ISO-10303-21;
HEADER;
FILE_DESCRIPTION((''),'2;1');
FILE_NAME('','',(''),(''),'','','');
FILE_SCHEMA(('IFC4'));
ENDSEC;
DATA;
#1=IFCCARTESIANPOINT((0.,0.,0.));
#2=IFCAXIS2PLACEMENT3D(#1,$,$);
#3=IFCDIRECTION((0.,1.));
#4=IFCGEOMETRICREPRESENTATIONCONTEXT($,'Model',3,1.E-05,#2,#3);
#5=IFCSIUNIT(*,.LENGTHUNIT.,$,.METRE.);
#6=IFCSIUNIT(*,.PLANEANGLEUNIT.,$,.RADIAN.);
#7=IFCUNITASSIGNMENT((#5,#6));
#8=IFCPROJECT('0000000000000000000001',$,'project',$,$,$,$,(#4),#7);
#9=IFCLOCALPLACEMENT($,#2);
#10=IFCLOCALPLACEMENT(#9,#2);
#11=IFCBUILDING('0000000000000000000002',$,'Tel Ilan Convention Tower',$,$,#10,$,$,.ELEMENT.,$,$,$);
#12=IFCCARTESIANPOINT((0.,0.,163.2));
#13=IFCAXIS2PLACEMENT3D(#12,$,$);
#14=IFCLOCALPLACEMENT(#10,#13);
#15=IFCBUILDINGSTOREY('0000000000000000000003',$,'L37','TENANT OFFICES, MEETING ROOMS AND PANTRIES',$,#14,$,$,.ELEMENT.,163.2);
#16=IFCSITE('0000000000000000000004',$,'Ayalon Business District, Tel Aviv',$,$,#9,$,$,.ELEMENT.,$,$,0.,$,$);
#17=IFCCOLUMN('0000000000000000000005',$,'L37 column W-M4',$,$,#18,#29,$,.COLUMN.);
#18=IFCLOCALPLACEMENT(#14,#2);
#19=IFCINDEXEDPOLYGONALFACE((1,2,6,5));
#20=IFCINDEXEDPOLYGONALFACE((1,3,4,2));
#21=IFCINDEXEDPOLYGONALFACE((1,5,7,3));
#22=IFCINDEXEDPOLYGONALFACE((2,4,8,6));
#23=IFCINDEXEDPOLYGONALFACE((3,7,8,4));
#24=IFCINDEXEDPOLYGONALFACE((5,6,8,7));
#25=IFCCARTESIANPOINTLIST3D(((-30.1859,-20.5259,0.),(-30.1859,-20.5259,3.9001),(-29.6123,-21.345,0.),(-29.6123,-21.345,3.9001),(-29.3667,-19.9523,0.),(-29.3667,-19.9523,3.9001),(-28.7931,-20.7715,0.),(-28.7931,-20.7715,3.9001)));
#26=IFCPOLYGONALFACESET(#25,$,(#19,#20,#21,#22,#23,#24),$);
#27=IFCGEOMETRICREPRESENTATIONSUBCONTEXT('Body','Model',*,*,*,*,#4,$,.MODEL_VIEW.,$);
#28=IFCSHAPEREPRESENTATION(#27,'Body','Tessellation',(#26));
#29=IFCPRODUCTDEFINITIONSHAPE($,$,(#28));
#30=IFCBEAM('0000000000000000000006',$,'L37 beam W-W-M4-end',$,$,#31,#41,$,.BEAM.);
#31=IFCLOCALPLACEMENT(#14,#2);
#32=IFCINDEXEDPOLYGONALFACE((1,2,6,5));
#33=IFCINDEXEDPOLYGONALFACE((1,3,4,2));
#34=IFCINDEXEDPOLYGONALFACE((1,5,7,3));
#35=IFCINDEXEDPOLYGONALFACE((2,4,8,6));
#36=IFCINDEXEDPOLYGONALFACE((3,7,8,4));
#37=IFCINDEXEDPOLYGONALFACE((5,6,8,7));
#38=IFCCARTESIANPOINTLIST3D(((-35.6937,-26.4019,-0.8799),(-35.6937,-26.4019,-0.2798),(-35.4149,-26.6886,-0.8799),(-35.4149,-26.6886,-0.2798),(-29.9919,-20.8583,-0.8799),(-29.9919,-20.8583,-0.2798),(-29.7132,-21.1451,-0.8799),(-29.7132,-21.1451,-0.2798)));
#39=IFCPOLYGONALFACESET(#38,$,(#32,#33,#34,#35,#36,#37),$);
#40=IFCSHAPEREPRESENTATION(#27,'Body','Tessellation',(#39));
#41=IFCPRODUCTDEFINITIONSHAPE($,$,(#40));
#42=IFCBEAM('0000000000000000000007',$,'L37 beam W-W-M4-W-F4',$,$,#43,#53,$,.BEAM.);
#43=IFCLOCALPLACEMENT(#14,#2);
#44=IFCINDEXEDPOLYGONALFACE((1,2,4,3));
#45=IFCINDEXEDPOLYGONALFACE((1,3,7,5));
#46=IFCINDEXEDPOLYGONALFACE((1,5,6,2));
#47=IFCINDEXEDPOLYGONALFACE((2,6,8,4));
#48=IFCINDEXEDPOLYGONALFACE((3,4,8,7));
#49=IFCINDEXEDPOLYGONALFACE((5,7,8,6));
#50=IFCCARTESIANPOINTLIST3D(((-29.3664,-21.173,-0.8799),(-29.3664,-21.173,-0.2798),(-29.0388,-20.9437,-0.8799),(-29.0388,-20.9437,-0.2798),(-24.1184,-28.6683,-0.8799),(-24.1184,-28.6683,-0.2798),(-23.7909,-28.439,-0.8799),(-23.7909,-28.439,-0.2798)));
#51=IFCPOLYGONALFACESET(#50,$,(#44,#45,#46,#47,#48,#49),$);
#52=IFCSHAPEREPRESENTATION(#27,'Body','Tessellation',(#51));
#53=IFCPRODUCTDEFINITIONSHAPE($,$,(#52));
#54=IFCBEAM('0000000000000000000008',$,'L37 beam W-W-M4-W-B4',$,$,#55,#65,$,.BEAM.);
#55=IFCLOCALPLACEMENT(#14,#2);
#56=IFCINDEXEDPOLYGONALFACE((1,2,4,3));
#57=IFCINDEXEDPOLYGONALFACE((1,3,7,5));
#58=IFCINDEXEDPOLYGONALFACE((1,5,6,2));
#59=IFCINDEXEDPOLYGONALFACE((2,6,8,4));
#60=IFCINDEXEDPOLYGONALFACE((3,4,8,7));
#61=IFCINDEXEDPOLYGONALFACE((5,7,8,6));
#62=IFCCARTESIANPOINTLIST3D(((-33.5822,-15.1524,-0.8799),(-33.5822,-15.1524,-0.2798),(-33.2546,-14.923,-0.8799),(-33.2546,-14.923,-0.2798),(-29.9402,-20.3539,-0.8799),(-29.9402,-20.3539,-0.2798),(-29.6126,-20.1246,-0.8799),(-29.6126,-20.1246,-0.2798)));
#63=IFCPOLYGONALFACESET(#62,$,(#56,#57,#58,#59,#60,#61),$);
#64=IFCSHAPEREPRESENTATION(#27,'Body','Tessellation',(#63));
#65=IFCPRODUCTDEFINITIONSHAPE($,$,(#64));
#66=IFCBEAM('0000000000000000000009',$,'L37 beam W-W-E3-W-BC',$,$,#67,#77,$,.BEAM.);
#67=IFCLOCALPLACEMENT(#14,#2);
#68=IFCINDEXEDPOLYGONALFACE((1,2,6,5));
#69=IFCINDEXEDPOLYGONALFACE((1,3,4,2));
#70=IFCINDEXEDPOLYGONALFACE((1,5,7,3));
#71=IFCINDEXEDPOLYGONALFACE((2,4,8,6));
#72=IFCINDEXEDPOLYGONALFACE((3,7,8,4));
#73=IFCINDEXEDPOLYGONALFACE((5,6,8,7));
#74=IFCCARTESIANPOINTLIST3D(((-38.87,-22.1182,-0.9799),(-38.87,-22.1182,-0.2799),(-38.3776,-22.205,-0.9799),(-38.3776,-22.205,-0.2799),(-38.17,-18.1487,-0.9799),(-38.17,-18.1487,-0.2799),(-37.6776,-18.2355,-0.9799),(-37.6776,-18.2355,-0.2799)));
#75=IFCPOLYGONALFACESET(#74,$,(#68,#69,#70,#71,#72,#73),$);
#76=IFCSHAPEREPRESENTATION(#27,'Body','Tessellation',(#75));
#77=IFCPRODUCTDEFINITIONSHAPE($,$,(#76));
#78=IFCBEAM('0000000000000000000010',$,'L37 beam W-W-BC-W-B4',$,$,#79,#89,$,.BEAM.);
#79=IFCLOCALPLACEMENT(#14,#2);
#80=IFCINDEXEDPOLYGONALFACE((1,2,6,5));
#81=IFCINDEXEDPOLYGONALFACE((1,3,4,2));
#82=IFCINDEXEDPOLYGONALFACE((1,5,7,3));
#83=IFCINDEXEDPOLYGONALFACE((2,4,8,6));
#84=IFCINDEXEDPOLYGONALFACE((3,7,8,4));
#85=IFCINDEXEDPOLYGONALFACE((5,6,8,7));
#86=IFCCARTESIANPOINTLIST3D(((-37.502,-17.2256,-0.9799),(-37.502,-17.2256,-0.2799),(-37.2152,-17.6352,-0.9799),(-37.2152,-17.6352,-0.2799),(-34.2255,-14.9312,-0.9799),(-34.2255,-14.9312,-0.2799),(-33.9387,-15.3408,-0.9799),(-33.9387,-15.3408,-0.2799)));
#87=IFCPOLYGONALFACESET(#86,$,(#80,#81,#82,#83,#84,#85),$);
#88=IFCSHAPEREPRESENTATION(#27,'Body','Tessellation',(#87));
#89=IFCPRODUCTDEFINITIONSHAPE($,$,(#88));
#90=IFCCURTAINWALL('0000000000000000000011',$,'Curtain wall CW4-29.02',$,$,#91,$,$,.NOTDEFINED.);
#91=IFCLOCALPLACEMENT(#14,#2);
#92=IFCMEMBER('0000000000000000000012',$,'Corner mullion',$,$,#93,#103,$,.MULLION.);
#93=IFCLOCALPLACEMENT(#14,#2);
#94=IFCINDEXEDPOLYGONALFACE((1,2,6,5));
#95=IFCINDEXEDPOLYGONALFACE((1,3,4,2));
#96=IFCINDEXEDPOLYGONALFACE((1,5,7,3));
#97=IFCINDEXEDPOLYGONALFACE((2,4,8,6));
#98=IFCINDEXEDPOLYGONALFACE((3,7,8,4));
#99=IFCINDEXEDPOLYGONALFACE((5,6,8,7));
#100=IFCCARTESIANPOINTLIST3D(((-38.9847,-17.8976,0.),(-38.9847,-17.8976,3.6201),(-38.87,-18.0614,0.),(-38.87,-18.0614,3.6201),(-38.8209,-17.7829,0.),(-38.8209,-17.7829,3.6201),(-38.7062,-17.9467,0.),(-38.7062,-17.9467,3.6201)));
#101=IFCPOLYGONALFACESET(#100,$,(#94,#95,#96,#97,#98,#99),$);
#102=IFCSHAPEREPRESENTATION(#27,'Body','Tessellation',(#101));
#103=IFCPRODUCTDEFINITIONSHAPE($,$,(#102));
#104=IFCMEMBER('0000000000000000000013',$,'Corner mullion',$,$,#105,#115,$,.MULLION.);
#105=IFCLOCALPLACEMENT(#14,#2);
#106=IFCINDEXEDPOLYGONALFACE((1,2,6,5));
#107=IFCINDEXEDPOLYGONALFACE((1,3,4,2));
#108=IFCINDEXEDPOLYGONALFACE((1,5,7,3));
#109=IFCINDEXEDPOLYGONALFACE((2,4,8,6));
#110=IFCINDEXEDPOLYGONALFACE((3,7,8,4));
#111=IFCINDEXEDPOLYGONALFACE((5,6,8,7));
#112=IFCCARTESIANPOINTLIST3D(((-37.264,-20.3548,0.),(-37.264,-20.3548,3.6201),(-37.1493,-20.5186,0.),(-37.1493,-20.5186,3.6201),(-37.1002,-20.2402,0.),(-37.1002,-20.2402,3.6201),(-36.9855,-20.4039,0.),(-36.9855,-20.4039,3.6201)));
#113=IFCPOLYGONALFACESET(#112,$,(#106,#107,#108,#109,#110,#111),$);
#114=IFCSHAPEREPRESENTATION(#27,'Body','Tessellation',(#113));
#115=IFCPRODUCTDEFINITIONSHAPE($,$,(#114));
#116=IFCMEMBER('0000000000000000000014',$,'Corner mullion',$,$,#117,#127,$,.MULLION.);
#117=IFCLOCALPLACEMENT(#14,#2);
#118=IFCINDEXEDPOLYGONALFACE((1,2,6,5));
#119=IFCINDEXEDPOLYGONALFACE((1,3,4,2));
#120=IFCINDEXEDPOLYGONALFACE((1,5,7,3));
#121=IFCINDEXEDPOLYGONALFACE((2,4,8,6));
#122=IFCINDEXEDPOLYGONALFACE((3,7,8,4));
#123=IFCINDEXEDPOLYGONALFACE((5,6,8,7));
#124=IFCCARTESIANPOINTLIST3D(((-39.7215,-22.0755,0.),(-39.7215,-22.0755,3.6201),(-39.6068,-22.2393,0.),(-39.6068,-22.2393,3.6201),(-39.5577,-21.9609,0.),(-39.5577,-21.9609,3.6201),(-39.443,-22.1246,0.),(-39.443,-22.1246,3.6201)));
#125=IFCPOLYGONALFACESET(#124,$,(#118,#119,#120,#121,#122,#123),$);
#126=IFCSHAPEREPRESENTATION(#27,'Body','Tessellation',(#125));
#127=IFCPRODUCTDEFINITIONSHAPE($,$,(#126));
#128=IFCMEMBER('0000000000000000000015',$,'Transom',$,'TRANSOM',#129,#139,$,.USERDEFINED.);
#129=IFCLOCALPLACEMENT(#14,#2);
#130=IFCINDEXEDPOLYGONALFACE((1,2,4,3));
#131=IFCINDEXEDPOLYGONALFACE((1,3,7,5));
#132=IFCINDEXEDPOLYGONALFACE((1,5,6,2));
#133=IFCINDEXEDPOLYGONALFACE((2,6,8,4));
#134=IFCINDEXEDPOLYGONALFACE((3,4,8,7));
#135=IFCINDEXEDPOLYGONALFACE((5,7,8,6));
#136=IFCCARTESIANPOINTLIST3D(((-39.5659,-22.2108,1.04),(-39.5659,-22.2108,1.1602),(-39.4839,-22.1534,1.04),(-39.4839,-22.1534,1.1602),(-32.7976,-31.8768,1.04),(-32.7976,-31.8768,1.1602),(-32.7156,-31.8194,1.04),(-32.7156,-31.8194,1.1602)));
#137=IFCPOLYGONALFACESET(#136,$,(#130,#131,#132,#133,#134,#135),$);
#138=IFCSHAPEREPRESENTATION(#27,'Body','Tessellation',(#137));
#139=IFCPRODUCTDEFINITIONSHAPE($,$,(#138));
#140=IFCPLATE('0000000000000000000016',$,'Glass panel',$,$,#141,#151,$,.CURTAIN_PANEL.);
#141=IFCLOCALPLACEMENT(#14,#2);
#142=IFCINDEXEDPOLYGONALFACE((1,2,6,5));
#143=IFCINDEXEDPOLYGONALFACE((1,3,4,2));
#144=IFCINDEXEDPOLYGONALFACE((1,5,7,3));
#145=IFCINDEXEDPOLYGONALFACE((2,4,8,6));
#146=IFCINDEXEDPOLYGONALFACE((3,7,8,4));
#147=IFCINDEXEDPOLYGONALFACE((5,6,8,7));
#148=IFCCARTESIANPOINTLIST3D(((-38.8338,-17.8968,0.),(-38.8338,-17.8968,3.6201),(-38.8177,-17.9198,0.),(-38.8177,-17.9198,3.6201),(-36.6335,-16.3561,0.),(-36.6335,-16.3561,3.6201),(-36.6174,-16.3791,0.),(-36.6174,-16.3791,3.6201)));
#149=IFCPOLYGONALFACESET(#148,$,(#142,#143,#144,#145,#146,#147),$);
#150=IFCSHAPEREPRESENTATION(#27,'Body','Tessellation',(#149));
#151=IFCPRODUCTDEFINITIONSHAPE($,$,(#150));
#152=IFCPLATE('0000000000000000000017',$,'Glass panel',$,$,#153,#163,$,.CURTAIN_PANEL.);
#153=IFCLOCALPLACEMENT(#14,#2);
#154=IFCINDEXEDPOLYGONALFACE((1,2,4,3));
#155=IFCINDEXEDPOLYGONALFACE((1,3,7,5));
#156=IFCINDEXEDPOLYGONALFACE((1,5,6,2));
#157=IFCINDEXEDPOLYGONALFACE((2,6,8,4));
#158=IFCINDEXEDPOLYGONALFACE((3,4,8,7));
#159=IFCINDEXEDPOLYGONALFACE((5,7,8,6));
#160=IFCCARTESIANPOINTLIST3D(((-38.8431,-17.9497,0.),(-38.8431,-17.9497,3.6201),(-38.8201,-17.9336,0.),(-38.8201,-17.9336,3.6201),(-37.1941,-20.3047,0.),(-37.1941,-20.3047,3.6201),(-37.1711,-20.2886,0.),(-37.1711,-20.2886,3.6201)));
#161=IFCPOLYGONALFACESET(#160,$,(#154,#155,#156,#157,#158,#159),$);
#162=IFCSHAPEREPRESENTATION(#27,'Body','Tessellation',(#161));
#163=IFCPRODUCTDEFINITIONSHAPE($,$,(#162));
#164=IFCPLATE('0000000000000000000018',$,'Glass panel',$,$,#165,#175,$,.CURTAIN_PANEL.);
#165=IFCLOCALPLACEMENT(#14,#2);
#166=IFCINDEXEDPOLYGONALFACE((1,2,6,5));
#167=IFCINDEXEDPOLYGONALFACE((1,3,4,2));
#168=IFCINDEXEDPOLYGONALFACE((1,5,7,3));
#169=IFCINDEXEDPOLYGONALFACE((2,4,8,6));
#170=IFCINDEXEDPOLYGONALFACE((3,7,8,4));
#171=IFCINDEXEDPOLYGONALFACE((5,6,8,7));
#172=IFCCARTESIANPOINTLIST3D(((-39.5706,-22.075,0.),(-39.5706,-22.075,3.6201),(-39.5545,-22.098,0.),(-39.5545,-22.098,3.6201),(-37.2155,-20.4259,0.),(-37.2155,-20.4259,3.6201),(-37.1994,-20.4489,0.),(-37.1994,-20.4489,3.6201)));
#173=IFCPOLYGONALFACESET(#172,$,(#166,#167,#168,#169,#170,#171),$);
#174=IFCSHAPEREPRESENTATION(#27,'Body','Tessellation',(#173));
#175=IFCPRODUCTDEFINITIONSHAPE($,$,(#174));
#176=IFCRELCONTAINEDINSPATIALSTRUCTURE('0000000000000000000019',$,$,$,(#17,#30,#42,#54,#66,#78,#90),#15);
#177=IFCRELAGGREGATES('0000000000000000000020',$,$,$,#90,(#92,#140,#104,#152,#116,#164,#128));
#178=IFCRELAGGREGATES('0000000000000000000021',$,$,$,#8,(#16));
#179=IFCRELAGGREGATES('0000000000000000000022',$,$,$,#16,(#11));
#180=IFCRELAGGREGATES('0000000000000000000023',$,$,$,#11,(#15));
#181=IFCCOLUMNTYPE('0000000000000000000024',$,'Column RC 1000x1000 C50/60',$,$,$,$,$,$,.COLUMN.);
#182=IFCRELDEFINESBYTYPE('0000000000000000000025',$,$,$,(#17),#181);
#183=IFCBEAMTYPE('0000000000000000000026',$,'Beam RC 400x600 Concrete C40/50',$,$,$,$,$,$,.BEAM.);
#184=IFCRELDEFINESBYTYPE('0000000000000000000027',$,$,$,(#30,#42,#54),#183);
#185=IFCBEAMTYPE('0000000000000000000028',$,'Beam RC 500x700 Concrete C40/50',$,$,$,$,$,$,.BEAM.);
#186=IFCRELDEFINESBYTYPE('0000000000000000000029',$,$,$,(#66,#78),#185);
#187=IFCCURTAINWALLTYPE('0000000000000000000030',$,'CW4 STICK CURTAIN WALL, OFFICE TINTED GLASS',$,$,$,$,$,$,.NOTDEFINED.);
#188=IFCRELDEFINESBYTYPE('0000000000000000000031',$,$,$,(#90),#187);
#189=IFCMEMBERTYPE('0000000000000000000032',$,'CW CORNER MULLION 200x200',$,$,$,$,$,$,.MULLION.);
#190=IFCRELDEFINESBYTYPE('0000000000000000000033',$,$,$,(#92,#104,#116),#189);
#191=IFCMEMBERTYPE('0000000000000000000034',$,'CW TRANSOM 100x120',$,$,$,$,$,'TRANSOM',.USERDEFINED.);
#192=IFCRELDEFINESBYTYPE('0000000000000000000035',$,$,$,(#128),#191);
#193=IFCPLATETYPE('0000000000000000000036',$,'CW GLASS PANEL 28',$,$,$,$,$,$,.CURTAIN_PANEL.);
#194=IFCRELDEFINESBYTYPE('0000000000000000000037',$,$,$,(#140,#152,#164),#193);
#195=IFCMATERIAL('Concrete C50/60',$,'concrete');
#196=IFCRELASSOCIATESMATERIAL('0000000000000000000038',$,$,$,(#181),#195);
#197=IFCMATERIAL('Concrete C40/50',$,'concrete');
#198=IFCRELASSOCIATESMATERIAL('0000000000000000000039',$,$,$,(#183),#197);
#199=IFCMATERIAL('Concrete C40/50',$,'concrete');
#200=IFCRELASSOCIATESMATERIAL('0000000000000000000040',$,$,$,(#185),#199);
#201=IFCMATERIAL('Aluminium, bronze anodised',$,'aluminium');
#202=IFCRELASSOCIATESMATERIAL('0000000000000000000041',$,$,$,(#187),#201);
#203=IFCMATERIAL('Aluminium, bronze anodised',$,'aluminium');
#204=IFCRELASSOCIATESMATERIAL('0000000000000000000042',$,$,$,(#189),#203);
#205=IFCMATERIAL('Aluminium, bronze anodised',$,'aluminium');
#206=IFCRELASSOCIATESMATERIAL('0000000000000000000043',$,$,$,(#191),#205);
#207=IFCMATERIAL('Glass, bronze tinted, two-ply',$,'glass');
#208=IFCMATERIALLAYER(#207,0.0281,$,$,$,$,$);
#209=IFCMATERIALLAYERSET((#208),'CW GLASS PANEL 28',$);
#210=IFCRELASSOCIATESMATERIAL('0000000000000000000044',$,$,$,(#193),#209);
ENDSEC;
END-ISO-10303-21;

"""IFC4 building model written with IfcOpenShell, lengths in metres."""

from ifc_helpers import new_model, si_unit, direction, frame, origin, origin_2d, place, context, subcontext, project, spatial, rectangle, extrude, material, layer, layer_set, material_profile, profile_set, type_object, element, aggregate, save


model = new_model("IFC4")

# Units and contexts
model_context = context("Model", 3, precision=1e-05, world=origin(), true_north=direction((0.0, 1.0)))
body_context = subcontext(model_context, "Body", "Model", "MODEL_VIEW")
ifc_project = project(units=[si_unit("LENGTHUNIT", "METRE"), si_unit("PLANEANGLEUNIT", "RADIAN")], contexts=[model_context])

# Site, building, storey
site_placement = place(None, origin())
site = spatial("IfcSite", under=ifc_project, at=site_placement, Name="Ayalon Business District, Tel Aviv", CompositionType="ELEMENT", RefElevation=0.0)
building_placement = place(site_placement, origin())
building = spatial("IfcBuilding", under=site, at=building_placement, Name="Tel Ilan Convention Tower", CompositionType="ELEMENT")
storey_placement = place(building_placement, frame((0.0, 0.0, 163.2)))
storey = spatial("IfcBuildingStorey", under=building, at=storey_placement, Name="L37", Description="TENANT OFFICES, MEETING ROOMS AND PANTRIES", CompositionType="ELEMENT", Elevation=163.2)

# Column
ifc_material_1 = material(Name="Concrete C50/60", Category="concrete")
ifc_material_profile_1 = material_profile(ifc_material_1, rectangle(XDim=1.0, YDim=1.0, at=origin_2d()), Name="RC 1000x1000")
ifc_profile_set_1 = profile_set([ifc_material_profile_1], Name="Concrete C50/60")
column_type_1 = type_object("IfcColumnType", Name="Column RC 1000x1000 C50/60", PredefinedType="COLUMN", material=ifc_profile_set_1)
column_1_placement = place(storey_placement, frame((-29.4895, -20.6487, 0.0), z_axis=(0.0, 0.0, 1.0), x_axis=(-0.819152, -0.573576, 0.0)))
element("IfcColumn", 1, at=column_1_placement, inside=storey, type_object=column_type_1, Name="L37 column W-M4", PredefinedType="COLUMN", context=body_context, shape_type="SweptSolid", body=[
    extrude(rectangle(XDim=1.0, YDim=1.0, at=origin_2d()), origin(), (0.0, 0.0, 1.0), 3.9001),
])

# Beams
ifc_material_2 = material(Name="Concrete C40/50", Category="concrete")
ifc_material_profile_2 = material_profile(ifc_material_2, rectangle(XDim=0.3999, YDim=0.6001, at=origin_2d()), Name="RC 400x600")
ifc_profile_set_2 = profile_set([ifc_material_profile_2], Name="Concrete C40/50")
beam_type_1 = type_object("IfcBeamType", Name="Beam RC 400x600 Concrete C40/50", PredefinedType="BEAM", material=ifc_profile_set_2)
beam_1_placement = place(storey_placement, frame((-29.8525, -21.0017, -0.5798), z_axis=(-0.716984, -0.69709, 0.0), x_axis=(0.69709, -0.716984, 0.0)))
element("IfcBeam", 2, at=beam_1_placement, inside=storey, type_object=beam_type_1, Name="L37 beam W-W-M4-end", PredefinedType="BEAM", context=body_context, shape_type="SweptSolid", body=[
    extrude(rectangle(XDim=0.3999, YDim=0.6001, at=origin_2d()), origin(), (0.0, 0.0, 1.0), 7.9524),
])
beam_2_placement = place(storey_placement, frame((-29.2026, -21.0583, -0.5798), z_axis=(0.573557, -0.819165, 0.0), x_axis=(0.819165, 0.573557, 0.0)))
element("IfcBeam", 3, at=beam_2_placement, inside=storey, type_object=beam_type_1, Name="L37 beam W-W-M4-W-F4", PredefinedType="BEAM", context=body_context, shape_type="SweptSolid", body=[
    extrude(rectangle(XDim=0.3999, YDim=0.6001, at=origin_2d()), origin(), (0.0, 0.0, 1.0), 9.1499),
])
beam_3_placement = place(storey_placement, frame((-29.7764, -20.2393, -0.5798), z_axis=(-0.57356, 0.819163, 0.0), x_axis=(-0.819163, -0.57356, 0.0)))
element("IfcBeam", 4, at=beam_3_placement, inside=storey, type_object=beam_type_1, Name="L37 beam W-W-M4-W-B4", PredefinedType="BEAM", context=body_context, shape_type="SweptSolid", body=[
    extrude(rectangle(XDim=0.3999, YDim=0.6001, at=origin_2d()), origin(), (0.0, 0.0, 1.0), 6.3499),
])
ifc_material_3 = material(Name="Concrete C40/50", Category="concrete")
ifc_material_profile_3 = material_profile(ifc_material_3, rectangle(XDim=0.5, YDim=0.7, at=origin_2d()), Name="RC 500x700")
ifc_profile_set_3 = profile_set([ifc_material_profile_3], Name="Concrete C40/50")
beam_type_2 = type_object("IfcBeamType", Name="Beam RC 500x700 Concrete C40/50", PredefinedType="BEAM", material=ifc_profile_set_3)
beam_4_placement = place(storey_placement, frame((-38.6238, -22.1616, -0.6299), z_axis=(0.173654, 0.984807, 0.0), x_axis=(-0.984807, 0.173654, 0.0)))
element("IfcBeam", 5, at=beam_4_placement, inside=storey, type_object=beam_type_2, Name="L37 beam W-W-E3-W-BC", PredefinedType="BEAM", context=body_context, shape_type="SweptSolid", body=[
    extrude(rectangle(XDim=0.5, YDim=0.7, at=origin_2d()), origin(), (0.0, 0.0, 1.0), 4.0308),
])
beam_5_placement = place(storey_placement, frame((-37.3586, -17.4304, -0.6299), z_axis=(0.819137, 0.573598, 0.0), x_axis=(-0.573598, 0.819137, 0.0)))
element("IfcBeam", 6, at=beam_5_placement, inside=storey, type_object=beam_type_2, Name="L37 beam W-W-BC-W-B4", PredefinedType="BEAM", context=body_context, shape_type="SweptSolid", body=[
    extrude(rectangle(XDim=0.5, YDim=0.7, at=origin_2d()), origin(), (0.0, 0.0, 1.0), 4.0),
])

# Curtain wall, members, plates
ifc_material_4 = material(Name="Aluminium, bronze anodised", Category="aluminium")
curtain_wall_type = type_object("IfcCurtainWallType", Name="CW4 STICK CURTAIN WALL, OFFICE TINTED GLASS", PredefinedType="NOTDEFINED", material=ifc_material_4)
curtain_wall_placement = place(storey_placement, origin())
curtain_wall = element("IfcCurtainWall", 7, at=curtain_wall_placement, inside=storey, type_object=curtain_wall_type, Name="Curtain wall CW4-29.02", PredefinedType="NOTDEFINED")
ifc_material_5 = material(Name="Aluminium, bronze anodised", Category="aluminium")
ifc_material_profile_4 = material_profile(ifc_material_5, rectangle(XDim=0.2, YDim=0.2, at=origin_2d()), Name="CW CORNER MULLION 200x200")
ifc_profile_set_4 = profile_set([ifc_material_profile_4], Name="Aluminium, bronze anodised")
member_type_1 = type_object("IfcMemberType", Name="CW CORNER MULLION 200x200", PredefinedType="MULLION", material=ifc_profile_set_4)
member_1_placement = place(storey_placement, frame((-38.8455, -17.9221, 0.0), z_axis=(0.0, 0.0, 1.0), x_axis=(-0.819152, -0.573576, 0.0)))
member_1 = element("IfcMember", 8, at=member_1_placement, type_object=member_type_1, Name="Corner mullion", PredefinedType="MULLION", context=body_context, shape_type="SweptSolid", body=[
    extrude(rectangle(XDim=0.2, YDim=0.2, at=origin_2d()), origin(), (0.0, 0.0, 1.0), 3.6201),
])
member_2_placement = place(storey_placement, frame((-37.1248, -20.3794, 0.0), z_axis=(0.0, 0.0, 1.0), x_axis=(0.573576, -0.819152, 0.0)))
member_2 = element("IfcMember", 9, at=member_2_placement, type_object=member_type_1, Name="Corner mullion", PredefinedType="MULLION", context=body_context, shape_type="SweptSolid", body=[
    extrude(rectangle(XDim=0.2, YDim=0.2, at=origin_2d()), origin(), (0.0, 0.0, 1.0), 3.6201),
])
member_3_placement = place(storey_placement, frame((-39.5823, -22.1001, 0.0), z_axis=(0.0, 0.0, 1.0), x_axis=(-0.819152, -0.573576, 0.0)))
member_3 = element("IfcMember", 10, at=member_3_placement, type_object=member_type_1, Name="Corner mullion", PredefinedType="MULLION", context=body_context, shape_type="SweptSolid", body=[
    extrude(rectangle(XDim=0.2, YDim=0.2, at=origin_2d()), origin(), (0.0, 0.0, 1.0), 3.6201),
])
ifc_material_6 = material(Name="Aluminium, bronze anodised", Category="aluminium")
ifc_material_profile_5 = material_profile(ifc_material_6, rectangle(XDim=0.1001, YDim=0.1201, at=origin_2d()), Name="CW TRANSOM 100x120")
ifc_profile_set_5 = profile_set([ifc_material_profile_5], Name="Aluminium, bronze anodised")
member_type_2 = type_object("IfcMemberType", Name="CW TRANSOM 100x120", ElementType="TRANSOM", PredefinedType="USERDEFINED", material=ifc_profile_set_5)
member_4_placement = place(storey_placement, frame((-39.5249, -22.1821, 1.1001), z_axis=(0.573582, -0.819148, 0.0), x_axis=(0.819148, 0.573582, 0.0)))
member_4 = element("IfcMember", 11, at=member_4_placement, type_object=member_type_2, Name="Transom", ObjectType="TRANSOM", PredefinedType="USERDEFINED", context=body_context, shape_type="SweptSolid", body=[
    extrude(rectangle(XDim=0.1001, YDim=0.1201, at=origin_2d()), origin(), (0.0, 0.0, 1.0), 11.8),
])
ifc_material_7 = material(Name="Glass, bronze tinted, two-ply", Category="glass")
ifc_layer_1 = layer(ifc_material_7, 0.0281)
ifc_layer_set_1 = layer_set([ifc_layer_1], Name="CW GLASS PANEL 28")
plate_type = type_object("IfcPlateType", Name="CW GLASS PANEL 28", PredefinedType="CURTAIN_PANEL", material=ifc_layer_set_1)
plate_1_placement = place(storey_placement, frame((-37.7256, -17.1379, 0.0), z_axis=(0.0, 0.0, 1.0), x_axis=(-0.819152, -0.573576, 0.0)))
plate_1 = element("IfcPlate", 12, at=plate_1_placement, type_object=plate_type, Name="Glass panel", PredefinedType="CURTAIN_PANEL", context=body_context, shape_type="SweptSolid", body=[
    extrude(rectangle(XDim=2.686, YDim=0.0281, at=origin_2d()), origin(), (0.0, 0.0, 1.0), 3.6201),
])
plate_2_placement = place(storey_placement, frame((-38.0071, -19.1191, 0.0), z_axis=(0.0, 0.0, 1.0), x_axis=(0.573576, -0.819152, 0.0)))
plate_2 = element("IfcPlate", 13, at=plate_2_placement, type_object=plate_type, Name="Glass panel", PredefinedType="CURTAIN_PANEL", context=body_context, shape_type="SweptSolid", body=[
    extrude(rectangle(XDim=2.875, YDim=0.0281, at=origin_2d()), origin(), (0.0, 0.0, 1.0), 3.6201),
])
plate_3_placement = place(storey_placement, frame((-38.385, -21.262, 0.0), z_axis=(0.0, 0.0, 1.0), x_axis=(-0.819152, -0.573576, 0.0)))
plate_3 = element("IfcPlate", 14, at=plate_3_placement, type_object=plate_type, Name="Glass panel", PredefinedType="CURTAIN_PANEL", context=body_context, shape_type="SweptSolid", body=[
    extrude(rectangle(XDim=2.875, YDim=0.0281, at=origin_2d()), origin(), (0.0, 0.0, 1.0), 3.6201),
])
aggregate(curtain_wall, [member_1, plate_1, member_2, plate_2, member_3, plate_3, member_4])

save(model, "model.ifc")
